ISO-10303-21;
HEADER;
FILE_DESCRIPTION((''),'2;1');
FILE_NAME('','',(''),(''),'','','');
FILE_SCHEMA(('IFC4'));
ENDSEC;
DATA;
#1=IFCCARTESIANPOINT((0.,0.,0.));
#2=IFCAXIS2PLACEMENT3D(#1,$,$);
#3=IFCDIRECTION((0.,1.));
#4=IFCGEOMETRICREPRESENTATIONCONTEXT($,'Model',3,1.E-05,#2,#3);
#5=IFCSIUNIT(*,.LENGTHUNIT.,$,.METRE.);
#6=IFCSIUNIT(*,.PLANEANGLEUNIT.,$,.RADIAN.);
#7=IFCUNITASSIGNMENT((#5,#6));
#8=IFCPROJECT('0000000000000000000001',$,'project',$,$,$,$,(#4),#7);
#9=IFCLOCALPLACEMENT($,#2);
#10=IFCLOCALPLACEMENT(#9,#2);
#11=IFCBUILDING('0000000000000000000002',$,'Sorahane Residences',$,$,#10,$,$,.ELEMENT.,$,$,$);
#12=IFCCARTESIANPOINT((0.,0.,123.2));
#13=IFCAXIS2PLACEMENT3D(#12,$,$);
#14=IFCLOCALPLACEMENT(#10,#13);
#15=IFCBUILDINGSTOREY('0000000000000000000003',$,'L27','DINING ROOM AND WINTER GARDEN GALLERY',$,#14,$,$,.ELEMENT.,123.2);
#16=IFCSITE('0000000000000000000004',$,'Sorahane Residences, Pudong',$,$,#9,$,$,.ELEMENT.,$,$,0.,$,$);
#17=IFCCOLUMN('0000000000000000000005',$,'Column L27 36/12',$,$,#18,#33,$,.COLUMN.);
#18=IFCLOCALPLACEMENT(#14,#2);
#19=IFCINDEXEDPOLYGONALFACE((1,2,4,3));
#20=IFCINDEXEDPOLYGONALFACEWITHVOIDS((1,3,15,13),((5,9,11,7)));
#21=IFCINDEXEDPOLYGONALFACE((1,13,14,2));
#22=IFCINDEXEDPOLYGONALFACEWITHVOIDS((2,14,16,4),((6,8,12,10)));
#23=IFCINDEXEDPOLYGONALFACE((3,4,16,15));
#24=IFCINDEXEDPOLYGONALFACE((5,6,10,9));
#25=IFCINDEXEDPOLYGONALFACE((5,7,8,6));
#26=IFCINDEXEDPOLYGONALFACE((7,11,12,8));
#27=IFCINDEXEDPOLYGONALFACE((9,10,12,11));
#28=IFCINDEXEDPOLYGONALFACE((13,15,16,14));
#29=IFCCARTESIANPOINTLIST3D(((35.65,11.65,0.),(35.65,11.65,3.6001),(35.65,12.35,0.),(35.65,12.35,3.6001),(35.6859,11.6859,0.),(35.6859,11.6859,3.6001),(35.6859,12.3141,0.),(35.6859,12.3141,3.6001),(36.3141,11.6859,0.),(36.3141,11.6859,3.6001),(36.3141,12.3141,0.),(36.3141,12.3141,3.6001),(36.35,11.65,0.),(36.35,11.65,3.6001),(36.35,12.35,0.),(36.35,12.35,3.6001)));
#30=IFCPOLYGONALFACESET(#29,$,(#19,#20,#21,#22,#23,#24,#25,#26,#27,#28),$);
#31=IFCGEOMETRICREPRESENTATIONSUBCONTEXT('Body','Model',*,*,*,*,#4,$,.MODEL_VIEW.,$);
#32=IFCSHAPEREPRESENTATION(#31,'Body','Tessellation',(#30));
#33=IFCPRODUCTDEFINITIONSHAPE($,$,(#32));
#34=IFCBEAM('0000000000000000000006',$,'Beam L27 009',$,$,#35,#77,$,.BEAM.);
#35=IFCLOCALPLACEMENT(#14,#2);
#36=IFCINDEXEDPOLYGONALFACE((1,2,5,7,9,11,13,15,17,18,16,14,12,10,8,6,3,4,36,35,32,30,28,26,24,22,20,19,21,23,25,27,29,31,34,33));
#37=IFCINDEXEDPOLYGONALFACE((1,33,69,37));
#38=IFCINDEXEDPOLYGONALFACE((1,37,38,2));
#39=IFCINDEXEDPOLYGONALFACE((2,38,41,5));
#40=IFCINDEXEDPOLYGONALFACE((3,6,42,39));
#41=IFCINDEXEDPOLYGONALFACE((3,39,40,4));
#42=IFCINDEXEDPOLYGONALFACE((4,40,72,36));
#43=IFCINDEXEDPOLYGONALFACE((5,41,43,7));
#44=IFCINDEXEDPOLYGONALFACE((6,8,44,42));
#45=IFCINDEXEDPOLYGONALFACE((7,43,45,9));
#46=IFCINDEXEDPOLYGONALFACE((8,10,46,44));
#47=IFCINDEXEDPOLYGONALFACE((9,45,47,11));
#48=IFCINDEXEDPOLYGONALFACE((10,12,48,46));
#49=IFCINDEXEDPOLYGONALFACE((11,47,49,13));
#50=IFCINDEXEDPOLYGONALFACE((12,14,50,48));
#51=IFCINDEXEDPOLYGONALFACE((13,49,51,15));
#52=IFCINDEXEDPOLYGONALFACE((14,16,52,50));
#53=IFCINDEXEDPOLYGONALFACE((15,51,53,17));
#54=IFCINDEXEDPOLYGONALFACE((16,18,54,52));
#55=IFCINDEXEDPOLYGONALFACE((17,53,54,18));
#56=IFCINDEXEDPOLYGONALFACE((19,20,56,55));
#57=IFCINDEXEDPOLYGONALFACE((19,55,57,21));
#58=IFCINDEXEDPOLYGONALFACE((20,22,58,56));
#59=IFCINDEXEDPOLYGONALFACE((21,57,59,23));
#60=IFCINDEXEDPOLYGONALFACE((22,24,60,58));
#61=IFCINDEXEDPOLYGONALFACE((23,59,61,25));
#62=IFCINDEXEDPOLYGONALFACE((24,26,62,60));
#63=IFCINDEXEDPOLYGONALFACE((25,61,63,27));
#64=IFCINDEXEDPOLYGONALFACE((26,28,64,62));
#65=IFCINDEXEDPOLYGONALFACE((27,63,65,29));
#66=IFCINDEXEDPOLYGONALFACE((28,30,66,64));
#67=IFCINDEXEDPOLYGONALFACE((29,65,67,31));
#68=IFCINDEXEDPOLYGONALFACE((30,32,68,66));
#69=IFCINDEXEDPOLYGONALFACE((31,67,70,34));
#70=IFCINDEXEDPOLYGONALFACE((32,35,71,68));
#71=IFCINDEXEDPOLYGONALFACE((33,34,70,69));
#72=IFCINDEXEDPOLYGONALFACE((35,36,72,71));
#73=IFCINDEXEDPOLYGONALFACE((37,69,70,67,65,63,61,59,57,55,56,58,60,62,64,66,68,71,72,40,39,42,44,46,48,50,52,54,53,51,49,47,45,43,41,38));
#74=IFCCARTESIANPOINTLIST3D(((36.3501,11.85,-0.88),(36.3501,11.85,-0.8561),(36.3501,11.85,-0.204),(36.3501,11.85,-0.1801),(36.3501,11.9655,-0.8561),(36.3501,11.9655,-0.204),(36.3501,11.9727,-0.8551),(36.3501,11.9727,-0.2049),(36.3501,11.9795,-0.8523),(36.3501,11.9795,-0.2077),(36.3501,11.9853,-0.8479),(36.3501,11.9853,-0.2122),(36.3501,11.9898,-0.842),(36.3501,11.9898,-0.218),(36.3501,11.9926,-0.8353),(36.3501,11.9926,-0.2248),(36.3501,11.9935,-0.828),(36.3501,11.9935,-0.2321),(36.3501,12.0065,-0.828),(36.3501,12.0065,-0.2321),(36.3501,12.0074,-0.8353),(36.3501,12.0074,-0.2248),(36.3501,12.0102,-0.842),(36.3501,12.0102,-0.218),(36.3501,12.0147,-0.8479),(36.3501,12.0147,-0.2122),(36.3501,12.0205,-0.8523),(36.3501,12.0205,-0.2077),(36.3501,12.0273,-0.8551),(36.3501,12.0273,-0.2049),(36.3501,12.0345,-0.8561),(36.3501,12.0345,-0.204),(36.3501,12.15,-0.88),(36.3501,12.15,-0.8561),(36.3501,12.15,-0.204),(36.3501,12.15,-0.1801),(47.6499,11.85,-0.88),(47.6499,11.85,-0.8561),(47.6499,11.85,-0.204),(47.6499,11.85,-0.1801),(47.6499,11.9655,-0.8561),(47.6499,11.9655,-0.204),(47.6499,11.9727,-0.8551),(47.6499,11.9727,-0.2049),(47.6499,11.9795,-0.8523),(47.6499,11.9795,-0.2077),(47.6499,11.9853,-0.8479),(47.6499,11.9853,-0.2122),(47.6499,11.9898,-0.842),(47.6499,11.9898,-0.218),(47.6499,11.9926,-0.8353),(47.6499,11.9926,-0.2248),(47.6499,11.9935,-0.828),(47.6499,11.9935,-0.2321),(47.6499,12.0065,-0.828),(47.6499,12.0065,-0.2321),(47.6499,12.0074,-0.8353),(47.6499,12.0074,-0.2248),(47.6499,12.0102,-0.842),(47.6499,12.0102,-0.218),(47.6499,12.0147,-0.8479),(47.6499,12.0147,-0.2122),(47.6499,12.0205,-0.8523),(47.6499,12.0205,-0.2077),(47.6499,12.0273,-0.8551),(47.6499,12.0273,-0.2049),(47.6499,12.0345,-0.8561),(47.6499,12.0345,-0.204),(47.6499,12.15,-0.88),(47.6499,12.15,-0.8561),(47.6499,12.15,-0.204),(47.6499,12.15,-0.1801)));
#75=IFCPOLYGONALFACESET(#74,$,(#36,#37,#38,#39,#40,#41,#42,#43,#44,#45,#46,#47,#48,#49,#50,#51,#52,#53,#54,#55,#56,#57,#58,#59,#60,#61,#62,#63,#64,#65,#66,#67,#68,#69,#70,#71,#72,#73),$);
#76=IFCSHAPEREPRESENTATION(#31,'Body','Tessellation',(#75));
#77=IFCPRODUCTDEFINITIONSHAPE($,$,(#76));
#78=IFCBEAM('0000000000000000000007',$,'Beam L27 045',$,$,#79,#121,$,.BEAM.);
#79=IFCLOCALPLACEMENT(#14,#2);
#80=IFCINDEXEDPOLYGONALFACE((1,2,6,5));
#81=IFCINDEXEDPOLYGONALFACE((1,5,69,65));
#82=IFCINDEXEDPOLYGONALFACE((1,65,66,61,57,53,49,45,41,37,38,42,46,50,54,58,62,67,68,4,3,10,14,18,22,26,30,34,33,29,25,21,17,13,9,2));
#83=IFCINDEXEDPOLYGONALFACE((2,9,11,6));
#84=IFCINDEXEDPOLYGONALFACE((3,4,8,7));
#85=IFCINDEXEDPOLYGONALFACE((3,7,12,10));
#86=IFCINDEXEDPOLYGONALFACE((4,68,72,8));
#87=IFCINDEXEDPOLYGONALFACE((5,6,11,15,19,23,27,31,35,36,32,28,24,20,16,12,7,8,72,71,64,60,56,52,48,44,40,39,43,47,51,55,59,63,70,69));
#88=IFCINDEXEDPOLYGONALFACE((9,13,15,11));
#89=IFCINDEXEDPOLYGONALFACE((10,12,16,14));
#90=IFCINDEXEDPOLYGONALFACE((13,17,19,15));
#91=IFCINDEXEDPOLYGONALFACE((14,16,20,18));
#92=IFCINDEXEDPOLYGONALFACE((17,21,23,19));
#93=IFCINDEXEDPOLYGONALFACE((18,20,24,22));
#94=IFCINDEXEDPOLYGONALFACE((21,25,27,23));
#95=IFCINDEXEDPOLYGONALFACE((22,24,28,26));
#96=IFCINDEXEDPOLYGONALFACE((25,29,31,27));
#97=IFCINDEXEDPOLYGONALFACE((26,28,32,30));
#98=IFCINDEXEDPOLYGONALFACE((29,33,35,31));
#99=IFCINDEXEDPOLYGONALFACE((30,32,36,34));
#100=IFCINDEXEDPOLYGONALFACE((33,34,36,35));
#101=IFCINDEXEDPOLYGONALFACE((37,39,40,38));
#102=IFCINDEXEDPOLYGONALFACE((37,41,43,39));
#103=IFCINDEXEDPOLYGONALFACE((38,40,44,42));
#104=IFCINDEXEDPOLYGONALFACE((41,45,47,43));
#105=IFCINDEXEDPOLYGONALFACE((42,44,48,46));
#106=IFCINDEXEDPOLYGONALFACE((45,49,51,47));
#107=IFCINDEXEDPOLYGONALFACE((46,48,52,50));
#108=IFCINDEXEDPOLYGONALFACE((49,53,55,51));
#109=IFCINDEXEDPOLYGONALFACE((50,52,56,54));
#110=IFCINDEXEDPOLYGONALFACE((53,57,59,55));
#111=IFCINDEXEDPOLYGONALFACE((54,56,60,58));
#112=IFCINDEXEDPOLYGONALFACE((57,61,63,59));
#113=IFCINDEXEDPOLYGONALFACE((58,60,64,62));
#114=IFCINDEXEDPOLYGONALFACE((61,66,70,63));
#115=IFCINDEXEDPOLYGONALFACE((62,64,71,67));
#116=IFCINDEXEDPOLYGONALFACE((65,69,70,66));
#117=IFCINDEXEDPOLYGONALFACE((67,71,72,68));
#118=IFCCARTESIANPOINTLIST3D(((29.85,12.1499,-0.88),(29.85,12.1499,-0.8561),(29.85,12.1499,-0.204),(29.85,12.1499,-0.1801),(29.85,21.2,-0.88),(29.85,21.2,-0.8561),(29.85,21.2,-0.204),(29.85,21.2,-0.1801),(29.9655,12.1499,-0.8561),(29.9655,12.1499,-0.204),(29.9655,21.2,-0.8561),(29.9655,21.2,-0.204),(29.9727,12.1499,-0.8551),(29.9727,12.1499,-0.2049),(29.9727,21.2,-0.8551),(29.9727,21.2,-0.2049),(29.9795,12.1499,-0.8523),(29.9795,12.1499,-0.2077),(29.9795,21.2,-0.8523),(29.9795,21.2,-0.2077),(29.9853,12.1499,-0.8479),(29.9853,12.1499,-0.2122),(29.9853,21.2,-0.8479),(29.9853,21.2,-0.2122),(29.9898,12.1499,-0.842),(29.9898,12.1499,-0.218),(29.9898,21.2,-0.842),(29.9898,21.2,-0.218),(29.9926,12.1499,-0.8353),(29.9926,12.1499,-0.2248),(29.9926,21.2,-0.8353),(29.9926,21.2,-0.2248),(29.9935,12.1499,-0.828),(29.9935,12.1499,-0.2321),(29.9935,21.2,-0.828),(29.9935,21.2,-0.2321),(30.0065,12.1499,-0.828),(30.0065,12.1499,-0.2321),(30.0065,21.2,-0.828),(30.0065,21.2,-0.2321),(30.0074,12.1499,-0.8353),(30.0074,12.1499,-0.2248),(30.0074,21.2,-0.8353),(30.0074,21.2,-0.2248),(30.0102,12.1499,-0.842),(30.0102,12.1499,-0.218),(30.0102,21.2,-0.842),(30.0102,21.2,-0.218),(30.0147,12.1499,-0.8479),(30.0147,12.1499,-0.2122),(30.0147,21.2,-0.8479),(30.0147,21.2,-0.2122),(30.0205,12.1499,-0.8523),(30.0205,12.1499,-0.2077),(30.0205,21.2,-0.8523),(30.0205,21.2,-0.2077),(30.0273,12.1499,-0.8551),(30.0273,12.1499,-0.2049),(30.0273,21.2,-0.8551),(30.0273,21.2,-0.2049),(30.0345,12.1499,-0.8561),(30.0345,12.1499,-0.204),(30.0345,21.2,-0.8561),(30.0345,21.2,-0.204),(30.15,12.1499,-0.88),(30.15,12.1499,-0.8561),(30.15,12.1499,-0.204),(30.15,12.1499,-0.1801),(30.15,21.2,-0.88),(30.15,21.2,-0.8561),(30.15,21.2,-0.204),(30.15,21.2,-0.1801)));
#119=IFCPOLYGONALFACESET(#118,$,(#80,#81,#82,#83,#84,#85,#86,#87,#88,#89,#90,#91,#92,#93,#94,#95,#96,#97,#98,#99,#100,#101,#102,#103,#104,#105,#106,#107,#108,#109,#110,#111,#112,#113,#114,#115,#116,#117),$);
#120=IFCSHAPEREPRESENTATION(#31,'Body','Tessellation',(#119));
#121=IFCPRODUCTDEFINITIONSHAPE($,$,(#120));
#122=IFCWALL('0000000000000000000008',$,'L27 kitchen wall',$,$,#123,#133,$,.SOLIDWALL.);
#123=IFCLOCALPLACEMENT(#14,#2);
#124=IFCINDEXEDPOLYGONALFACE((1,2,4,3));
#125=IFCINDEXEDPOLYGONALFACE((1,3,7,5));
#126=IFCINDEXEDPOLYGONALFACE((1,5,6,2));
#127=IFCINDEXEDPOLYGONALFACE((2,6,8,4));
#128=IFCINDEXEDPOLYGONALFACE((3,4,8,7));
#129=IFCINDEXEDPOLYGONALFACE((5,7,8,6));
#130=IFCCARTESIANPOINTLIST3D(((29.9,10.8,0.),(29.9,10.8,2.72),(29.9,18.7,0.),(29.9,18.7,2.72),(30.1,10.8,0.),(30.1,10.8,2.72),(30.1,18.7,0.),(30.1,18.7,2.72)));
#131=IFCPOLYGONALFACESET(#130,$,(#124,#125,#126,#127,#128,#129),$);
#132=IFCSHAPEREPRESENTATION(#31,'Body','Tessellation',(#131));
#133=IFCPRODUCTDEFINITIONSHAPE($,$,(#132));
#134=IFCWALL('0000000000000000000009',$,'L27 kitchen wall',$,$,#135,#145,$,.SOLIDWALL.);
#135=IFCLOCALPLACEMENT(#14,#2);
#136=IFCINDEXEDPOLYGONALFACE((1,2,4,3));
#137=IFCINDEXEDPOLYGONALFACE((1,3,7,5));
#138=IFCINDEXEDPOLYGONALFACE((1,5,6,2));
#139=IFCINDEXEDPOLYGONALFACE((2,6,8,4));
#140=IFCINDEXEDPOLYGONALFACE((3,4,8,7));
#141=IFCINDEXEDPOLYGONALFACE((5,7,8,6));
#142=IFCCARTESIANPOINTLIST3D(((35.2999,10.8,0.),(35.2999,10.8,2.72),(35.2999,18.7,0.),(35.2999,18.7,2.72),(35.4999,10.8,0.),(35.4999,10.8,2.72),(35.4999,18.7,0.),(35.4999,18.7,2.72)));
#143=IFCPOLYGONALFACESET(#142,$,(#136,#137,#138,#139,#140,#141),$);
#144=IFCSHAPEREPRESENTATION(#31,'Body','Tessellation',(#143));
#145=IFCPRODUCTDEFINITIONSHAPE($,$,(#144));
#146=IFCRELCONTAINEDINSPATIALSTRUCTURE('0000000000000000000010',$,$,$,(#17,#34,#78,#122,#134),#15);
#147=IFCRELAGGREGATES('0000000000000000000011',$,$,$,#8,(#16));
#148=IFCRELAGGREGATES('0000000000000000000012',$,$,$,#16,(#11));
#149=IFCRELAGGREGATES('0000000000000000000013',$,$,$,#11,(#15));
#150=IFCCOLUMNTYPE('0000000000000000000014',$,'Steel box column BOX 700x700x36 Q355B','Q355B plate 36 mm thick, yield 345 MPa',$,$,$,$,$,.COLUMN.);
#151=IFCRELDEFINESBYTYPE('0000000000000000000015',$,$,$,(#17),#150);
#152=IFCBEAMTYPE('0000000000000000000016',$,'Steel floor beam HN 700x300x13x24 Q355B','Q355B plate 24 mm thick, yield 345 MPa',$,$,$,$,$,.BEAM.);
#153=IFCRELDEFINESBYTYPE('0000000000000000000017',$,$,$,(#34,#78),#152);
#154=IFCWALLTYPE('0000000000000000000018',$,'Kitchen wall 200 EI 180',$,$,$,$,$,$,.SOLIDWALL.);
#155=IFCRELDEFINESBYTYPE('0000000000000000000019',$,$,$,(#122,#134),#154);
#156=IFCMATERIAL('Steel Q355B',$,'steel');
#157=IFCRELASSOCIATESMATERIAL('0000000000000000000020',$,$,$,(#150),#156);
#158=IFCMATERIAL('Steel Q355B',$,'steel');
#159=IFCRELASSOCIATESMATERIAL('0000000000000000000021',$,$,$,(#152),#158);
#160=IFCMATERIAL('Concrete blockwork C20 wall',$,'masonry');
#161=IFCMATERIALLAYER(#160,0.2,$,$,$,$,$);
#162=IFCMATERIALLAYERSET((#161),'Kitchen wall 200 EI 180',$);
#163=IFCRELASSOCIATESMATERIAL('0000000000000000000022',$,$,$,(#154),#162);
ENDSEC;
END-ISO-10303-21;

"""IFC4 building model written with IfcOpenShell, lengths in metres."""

from ifc_helpers import new_model, si_unit, direction, frame, frame_2d, origin, origin_2d, place, context, subcontext, project, spatial, rectangle, hollow_rectangle, i_section, extrude, material, layer, layer_set, material_profile, profile_set, type_object, element, save


model = new_model("IFC4")

# Units and contexts
model_context = context("Model", 3, precision=1e-05, world=origin(), true_north=direction((0.0, 1.0)))
body_context = subcontext(model_context, "Body", "Model", "MODEL_VIEW")
ifc_project = project(units=[si_unit("LENGTHUNIT", "METRE"), si_unit("PLANEANGLEUNIT", "RADIAN")], contexts=[model_context])

# Site, building, storey
site_placement = place(None, origin())
site = spatial("IfcSite", under=ifc_project, at=site_placement, Name="Sorahane Residences, Pudong", CompositionType="ELEMENT", RefElevation=0.0)
building_placement = place(site_placement, origin())
building = spatial("IfcBuilding", under=site, at=building_placement, Name="Sorahane Residences", CompositionType="ELEMENT")
storey_placement = place(building_placement, frame((0.0, 0.0, 123.2)))
storey = spatial("IfcBuildingStorey", under=building, at=storey_placement, Name="L27", Description="DINING ROOM AND WINTER GARDEN GALLERY", CompositionType="ELEMENT", Elevation=123.2)

# Column
ifc_material_1 = material(Name="Steel Q355B", Category="steel")
ifc_material_profile_1 = material_profile(ifc_material_1, hollow_rectangle(XDim=0.7, YDim=0.7, WallThickness=0.0359, at=origin_2d()), Name="BOX 700x700x36")
ifc_profile_set_1 = profile_set([ifc_material_profile_1], Name="Steel Q355B")
column_type = type_object("IfcColumnType", Name="Steel box column BOX 700x700x36 Q355B", Description="Q355B plate 36 mm thick, yield 345 MPa", PredefinedType="COLUMN", material=ifc_profile_set_1)
column_placement = place(storey_placement, frame((36.0, 12.0, 0.0), z_axis=(0.0, 0.0, 1.0), x_axis=(1.0, 0.0, 0.0)))
element("IfcColumn", 1, at=column_placement, inside=storey, type_object=column_type, Name="Column L27 36/12", PredefinedType="COLUMN", context=body_context, shape_type="SweptSolid", body=[
    extrude(hollow_rectangle(XDim=0.7, YDim=0.7, WallThickness=0.0359, at=origin_2d()), origin(), (0.0, 0.0, 1.0), 3.6001),
])

# Beams
ifc_material_2 = material(Name="Steel Q355B", Category="steel")
ifc_material_profile_2 = material_profile(ifc_material_2, i_section(OverallWidth=0.3, OverallDepth=0.7, WebThickness=0.0129, FlangeThickness=0.0239, FilletRadius=0.0281, at=origin_2d()), Name="HN 700x300x13x24")
ifc_profile_set_2 = profile_set([ifc_material_profile_2], Name="Steel Q355B")
beam_type = type_object("IfcBeamType", Name="Steel floor beam HN 700x300x13x24 Q355B", Description="Q355B plate 24 mm thick, yield 345 MPa", PredefinedType="BEAM", material=ifc_profile_set_2)
beam_1_placement = place(storey_placement, frame((36.3501, 12.0, -0.53), z_axis=(1.0, 0.0, 0.0), x_axis=(0.0, 1.0, 0.0)))
element("IfcBeam", 2, at=beam_1_placement, inside=storey, type_object=beam_type, Name="Beam L27 009", PredefinedType="BEAM", context=body_context, shape_type="SweptSolid", body=[
    extrude(i_section(OverallWidth=0.3, OverallDepth=0.7, WebThickness=0.0129, FlangeThickness=0.0239, FilletRadius=0.0281, at=origin_2d()), origin(), (0.0, 0.0, 1.0), 11.2998),
])
beam_2_placement = place(storey_placement, frame((30.0, 12.1499, -0.53), z_axis=(0.0, 1.0, 0.0), x_axis=(-1.0, 0.0, 0.0)))
element("IfcBeam", 3, at=beam_2_placement, inside=storey, type_object=beam_type, Name="Beam L27 045", PredefinedType="BEAM", context=body_context, shape_type="SweptSolid", body=[
    extrude(i_section(OverallWidth=0.3, OverallDepth=0.7, WebThickness=0.0129, FlangeThickness=0.0239, FilletRadius=0.0281, at=origin_2d()), origin(), (0.0, 0.0, 1.0), 9.05),
])

# Walls
ifc_material_3 = material(Name="Concrete blockwork C20 wall", Category="masonry")
ifc_layer_1 = layer(ifc_material_3, 0.2)
ifc_layer_set_1 = layer_set([ifc_layer_1], Name="Kitchen wall 200 EI 180")
wall_type_1 = type_object("IfcWallType", Name="Kitchen wall 200 EI 180", PredefinedType="SOLIDWALL", material=ifc_layer_set_1)
for number, where, z_axis, x_axis, name in (
    (4, (30.0, 10.8, 0.0), (0.0, 0.0, 1.0), (0.0, 1.0, 0.0), "L27 kitchen wall"),
    (5, (35.3999, 10.8, 0.0), (0.0, 0.0, 1.0), (0.0, 1.0, 0.0), "L27 kitchen wall"),
):
    element("IfcWall", number, at=place(storey_placement, frame(where, z_axis=z_axis, x_axis=x_axis)), inside=storey, type_object=wall_type_1, Name=name, PredefinedType="SOLIDWALL", context=body_context, shape_type="SweptSolid", body=[
        extrude(rectangle(XDim=7.8999, YDim=0.2, at=frame_2d((3.95, 0.0))), origin(), (0.0, 0.0, 1.0), 2.72),
    ])

save(model, "model.ifc")
